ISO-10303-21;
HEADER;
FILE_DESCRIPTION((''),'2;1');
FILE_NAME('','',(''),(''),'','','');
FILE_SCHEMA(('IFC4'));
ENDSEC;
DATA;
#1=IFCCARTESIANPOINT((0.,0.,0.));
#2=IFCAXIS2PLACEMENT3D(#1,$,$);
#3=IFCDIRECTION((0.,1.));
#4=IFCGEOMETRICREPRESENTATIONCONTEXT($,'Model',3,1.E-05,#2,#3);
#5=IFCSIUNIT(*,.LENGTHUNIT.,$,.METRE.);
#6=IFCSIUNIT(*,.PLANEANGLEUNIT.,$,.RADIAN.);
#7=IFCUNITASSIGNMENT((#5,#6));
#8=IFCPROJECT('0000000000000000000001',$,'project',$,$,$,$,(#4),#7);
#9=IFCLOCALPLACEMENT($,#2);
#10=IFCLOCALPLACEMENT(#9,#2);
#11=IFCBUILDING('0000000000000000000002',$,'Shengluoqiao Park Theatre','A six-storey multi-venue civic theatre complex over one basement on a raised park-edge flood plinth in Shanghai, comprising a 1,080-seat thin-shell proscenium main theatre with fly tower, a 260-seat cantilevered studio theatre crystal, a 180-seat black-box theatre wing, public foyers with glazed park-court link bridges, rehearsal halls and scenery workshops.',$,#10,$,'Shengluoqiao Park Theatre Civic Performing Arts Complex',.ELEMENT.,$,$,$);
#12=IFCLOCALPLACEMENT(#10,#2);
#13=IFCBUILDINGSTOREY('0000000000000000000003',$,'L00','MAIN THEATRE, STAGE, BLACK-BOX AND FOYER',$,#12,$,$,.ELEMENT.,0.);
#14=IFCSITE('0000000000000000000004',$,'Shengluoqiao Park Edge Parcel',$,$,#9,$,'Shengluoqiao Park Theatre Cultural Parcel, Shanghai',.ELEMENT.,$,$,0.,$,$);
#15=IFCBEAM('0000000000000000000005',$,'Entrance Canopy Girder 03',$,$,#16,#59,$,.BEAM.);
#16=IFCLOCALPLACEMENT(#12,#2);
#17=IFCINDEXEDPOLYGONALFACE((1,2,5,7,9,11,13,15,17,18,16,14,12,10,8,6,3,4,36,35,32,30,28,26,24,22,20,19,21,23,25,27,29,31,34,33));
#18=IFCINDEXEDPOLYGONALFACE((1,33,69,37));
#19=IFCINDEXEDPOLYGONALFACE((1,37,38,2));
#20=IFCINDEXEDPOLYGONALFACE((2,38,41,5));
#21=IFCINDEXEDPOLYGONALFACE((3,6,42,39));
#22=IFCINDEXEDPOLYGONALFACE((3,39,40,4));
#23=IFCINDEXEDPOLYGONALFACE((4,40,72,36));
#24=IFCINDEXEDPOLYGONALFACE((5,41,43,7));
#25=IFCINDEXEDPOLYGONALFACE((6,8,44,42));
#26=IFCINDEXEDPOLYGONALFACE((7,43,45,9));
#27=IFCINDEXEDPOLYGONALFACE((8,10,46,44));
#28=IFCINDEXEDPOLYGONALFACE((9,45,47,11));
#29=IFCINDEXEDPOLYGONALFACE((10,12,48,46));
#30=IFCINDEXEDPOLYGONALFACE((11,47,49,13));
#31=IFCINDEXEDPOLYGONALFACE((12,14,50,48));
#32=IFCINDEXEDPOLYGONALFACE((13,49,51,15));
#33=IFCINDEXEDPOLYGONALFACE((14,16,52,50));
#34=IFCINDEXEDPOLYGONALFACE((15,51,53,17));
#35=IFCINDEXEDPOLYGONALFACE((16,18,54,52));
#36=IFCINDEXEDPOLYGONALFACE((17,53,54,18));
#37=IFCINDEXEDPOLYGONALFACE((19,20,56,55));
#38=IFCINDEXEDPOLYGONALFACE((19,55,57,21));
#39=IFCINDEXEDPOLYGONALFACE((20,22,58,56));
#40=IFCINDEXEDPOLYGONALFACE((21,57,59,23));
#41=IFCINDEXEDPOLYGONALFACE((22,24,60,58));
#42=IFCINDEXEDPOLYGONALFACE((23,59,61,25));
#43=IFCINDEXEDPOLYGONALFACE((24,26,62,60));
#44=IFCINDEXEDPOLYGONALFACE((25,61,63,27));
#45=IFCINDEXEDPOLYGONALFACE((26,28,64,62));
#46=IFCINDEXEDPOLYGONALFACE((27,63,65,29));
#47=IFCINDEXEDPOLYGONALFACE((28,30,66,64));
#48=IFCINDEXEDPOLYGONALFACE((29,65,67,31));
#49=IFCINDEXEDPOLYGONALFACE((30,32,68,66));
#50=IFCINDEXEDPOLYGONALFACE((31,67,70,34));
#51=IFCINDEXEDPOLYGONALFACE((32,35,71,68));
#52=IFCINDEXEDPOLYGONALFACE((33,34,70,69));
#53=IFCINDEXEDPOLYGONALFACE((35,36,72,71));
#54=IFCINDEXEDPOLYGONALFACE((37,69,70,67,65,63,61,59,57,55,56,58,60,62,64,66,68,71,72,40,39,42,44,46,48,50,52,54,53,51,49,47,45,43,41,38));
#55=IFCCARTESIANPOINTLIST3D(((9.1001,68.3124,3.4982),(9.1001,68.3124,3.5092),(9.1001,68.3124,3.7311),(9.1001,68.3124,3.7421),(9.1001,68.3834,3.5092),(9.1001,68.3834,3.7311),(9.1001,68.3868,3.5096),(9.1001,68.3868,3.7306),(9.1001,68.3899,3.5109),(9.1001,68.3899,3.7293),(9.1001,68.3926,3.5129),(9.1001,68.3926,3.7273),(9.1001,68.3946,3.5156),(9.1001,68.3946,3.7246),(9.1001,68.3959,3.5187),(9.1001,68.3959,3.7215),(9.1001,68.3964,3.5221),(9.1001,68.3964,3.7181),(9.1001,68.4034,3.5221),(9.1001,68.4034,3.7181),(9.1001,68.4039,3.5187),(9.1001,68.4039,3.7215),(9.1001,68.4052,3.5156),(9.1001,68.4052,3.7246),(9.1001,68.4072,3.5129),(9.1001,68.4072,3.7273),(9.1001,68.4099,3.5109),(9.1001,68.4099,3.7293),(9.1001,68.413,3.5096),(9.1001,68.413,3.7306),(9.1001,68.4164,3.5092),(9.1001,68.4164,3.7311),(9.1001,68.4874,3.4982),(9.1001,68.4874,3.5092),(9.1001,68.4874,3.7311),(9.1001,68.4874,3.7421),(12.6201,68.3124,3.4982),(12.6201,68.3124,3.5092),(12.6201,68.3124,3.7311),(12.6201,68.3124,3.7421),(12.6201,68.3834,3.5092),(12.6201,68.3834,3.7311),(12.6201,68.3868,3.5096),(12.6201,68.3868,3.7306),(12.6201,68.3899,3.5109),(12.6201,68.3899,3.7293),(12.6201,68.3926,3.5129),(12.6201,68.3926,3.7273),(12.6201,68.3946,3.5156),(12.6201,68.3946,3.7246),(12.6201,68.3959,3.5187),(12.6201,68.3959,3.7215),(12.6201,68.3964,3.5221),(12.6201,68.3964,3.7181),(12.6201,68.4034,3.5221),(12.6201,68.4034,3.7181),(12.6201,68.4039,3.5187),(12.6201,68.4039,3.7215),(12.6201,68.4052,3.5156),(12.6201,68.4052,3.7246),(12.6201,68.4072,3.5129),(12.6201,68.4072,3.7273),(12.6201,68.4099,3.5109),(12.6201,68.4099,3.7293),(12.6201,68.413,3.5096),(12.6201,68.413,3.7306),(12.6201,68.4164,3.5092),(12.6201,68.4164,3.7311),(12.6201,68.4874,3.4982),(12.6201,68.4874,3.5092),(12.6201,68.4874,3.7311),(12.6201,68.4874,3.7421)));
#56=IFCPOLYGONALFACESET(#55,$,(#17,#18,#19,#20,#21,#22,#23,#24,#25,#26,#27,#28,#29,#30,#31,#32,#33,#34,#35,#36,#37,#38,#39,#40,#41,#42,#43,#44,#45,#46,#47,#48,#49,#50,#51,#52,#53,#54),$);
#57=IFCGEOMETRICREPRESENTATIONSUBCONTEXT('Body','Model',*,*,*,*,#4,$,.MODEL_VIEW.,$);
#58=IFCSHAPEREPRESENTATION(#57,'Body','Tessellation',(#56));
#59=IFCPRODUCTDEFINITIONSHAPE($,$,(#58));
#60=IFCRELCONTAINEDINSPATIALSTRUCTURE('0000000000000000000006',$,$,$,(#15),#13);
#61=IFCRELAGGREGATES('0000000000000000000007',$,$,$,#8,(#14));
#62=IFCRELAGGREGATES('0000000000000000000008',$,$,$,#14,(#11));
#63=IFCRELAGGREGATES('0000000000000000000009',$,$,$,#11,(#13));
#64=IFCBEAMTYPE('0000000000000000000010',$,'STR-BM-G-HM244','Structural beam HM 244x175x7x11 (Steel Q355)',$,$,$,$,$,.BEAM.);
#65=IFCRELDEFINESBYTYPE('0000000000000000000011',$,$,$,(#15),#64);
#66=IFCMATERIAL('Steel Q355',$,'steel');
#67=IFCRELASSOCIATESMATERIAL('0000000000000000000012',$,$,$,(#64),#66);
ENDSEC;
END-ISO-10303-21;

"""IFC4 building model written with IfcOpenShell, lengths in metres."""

from ifc_helpers import new_model, si_unit, direction, frame, origin, origin_2d, place, context, subcontext, project, spatial, i_section, extrude, material, material_profile, profile_set, type_object, element, save


model = new_model("IFC4")

# Units and contexts
model_context = context("Model", 3, precision=1e-05, world=origin(), true_north=direction((0.0, 1.0)))
body_context = subcontext(model_context, "Body", "Model", "MODEL_VIEW")
ifc_project = project(units=[si_unit("LENGTHUNIT", "METRE"), si_unit("PLANEANGLEUNIT", "RADIAN")], contexts=[model_context])

# Site, building, storey
site_placement = place(None, origin())
site = spatial("IfcSite", under=ifc_project, at=site_placement, Name="Shengluoqiao Park Edge Parcel", LongName="Shengluoqiao Park Theatre Cultural Parcel, Shanghai", CompositionType="ELEMENT", RefElevation=0.0)
building_placement = place(site_placement, origin())
building = spatial("IfcBuilding", under=site, at=building_placement, Name="Shengluoqiao Park Theatre", Description="A six-storey multi-venue civic theatre complex over one basement on a raised park-edge flood plinth in Shanghai, comprising a 1,080-seat thin-shell proscenium main theatre with fly tower, a 260-seat cantilevered studio theatre crystal, a 180-seat black-box theatre wing, public foyers with glazed park-court link bridges, rehearsal halls and scenery workshops.", LongName="Shengluoqiao Park Theatre Civic Performing Arts Complex", CompositionType="ELEMENT")
storey_placement = place(building_placement, origin())
storey = spatial("IfcBuildingStorey", under=building, at=storey_placement, Name="L00", Description="MAIN THEATRE, STAGE, BLACK-BOX AND FOYER", CompositionType="ELEMENT", Elevation=0.0)

# Beam
ifc_material_1 = material(Name="Steel Q355", Category="steel")
ifc_material_profile_1 = material_profile(ifc_material_1, i_section(OverallWidth=0.175, OverallDepth=0.2439, WebThickness=0.0071, FlangeThickness=0.011, FilletRadius=0.0129, at=origin_2d()), Name="HM 244x175x7x11")
ifc_profile_set_1 = profile_set([ifc_material_profile_1], Name="Steel Q355")
beam_type = type_object("IfcBeamType", Name="STR-BM-G-HM244", Description="Structural beam HM 244x175x7x11 (Steel Q355)", PredefinedType="BEAM", material=ifc_profile_set_1)
for number, where, z_axis, x_axis, name in (
    (1, (9.1001, 68.3999, 3.6201), (1.0, 0.0, 0.0), (0.0, 1.0, 0.0), "Entrance Canopy Girder 03"),
):
    element("IfcBeam", number, at=place(storey_placement, frame(where, z_axis=z_axis, x_axis=x_axis)), inside=storey, type_object=beam_type, Name=name, PredefinedType="BEAM", context=body_context, shape_type="SweptSolid", body=[
        extrude(i_section(OverallWidth=0.175, OverallDepth=0.2439, WebThickness=0.0071, FlangeThickness=0.011, FilletRadius=0.0129, at=origin_2d()), origin(), (0.0, 0.0, 1.0), 3.52),
    ])

save(model, "model.ifc")
